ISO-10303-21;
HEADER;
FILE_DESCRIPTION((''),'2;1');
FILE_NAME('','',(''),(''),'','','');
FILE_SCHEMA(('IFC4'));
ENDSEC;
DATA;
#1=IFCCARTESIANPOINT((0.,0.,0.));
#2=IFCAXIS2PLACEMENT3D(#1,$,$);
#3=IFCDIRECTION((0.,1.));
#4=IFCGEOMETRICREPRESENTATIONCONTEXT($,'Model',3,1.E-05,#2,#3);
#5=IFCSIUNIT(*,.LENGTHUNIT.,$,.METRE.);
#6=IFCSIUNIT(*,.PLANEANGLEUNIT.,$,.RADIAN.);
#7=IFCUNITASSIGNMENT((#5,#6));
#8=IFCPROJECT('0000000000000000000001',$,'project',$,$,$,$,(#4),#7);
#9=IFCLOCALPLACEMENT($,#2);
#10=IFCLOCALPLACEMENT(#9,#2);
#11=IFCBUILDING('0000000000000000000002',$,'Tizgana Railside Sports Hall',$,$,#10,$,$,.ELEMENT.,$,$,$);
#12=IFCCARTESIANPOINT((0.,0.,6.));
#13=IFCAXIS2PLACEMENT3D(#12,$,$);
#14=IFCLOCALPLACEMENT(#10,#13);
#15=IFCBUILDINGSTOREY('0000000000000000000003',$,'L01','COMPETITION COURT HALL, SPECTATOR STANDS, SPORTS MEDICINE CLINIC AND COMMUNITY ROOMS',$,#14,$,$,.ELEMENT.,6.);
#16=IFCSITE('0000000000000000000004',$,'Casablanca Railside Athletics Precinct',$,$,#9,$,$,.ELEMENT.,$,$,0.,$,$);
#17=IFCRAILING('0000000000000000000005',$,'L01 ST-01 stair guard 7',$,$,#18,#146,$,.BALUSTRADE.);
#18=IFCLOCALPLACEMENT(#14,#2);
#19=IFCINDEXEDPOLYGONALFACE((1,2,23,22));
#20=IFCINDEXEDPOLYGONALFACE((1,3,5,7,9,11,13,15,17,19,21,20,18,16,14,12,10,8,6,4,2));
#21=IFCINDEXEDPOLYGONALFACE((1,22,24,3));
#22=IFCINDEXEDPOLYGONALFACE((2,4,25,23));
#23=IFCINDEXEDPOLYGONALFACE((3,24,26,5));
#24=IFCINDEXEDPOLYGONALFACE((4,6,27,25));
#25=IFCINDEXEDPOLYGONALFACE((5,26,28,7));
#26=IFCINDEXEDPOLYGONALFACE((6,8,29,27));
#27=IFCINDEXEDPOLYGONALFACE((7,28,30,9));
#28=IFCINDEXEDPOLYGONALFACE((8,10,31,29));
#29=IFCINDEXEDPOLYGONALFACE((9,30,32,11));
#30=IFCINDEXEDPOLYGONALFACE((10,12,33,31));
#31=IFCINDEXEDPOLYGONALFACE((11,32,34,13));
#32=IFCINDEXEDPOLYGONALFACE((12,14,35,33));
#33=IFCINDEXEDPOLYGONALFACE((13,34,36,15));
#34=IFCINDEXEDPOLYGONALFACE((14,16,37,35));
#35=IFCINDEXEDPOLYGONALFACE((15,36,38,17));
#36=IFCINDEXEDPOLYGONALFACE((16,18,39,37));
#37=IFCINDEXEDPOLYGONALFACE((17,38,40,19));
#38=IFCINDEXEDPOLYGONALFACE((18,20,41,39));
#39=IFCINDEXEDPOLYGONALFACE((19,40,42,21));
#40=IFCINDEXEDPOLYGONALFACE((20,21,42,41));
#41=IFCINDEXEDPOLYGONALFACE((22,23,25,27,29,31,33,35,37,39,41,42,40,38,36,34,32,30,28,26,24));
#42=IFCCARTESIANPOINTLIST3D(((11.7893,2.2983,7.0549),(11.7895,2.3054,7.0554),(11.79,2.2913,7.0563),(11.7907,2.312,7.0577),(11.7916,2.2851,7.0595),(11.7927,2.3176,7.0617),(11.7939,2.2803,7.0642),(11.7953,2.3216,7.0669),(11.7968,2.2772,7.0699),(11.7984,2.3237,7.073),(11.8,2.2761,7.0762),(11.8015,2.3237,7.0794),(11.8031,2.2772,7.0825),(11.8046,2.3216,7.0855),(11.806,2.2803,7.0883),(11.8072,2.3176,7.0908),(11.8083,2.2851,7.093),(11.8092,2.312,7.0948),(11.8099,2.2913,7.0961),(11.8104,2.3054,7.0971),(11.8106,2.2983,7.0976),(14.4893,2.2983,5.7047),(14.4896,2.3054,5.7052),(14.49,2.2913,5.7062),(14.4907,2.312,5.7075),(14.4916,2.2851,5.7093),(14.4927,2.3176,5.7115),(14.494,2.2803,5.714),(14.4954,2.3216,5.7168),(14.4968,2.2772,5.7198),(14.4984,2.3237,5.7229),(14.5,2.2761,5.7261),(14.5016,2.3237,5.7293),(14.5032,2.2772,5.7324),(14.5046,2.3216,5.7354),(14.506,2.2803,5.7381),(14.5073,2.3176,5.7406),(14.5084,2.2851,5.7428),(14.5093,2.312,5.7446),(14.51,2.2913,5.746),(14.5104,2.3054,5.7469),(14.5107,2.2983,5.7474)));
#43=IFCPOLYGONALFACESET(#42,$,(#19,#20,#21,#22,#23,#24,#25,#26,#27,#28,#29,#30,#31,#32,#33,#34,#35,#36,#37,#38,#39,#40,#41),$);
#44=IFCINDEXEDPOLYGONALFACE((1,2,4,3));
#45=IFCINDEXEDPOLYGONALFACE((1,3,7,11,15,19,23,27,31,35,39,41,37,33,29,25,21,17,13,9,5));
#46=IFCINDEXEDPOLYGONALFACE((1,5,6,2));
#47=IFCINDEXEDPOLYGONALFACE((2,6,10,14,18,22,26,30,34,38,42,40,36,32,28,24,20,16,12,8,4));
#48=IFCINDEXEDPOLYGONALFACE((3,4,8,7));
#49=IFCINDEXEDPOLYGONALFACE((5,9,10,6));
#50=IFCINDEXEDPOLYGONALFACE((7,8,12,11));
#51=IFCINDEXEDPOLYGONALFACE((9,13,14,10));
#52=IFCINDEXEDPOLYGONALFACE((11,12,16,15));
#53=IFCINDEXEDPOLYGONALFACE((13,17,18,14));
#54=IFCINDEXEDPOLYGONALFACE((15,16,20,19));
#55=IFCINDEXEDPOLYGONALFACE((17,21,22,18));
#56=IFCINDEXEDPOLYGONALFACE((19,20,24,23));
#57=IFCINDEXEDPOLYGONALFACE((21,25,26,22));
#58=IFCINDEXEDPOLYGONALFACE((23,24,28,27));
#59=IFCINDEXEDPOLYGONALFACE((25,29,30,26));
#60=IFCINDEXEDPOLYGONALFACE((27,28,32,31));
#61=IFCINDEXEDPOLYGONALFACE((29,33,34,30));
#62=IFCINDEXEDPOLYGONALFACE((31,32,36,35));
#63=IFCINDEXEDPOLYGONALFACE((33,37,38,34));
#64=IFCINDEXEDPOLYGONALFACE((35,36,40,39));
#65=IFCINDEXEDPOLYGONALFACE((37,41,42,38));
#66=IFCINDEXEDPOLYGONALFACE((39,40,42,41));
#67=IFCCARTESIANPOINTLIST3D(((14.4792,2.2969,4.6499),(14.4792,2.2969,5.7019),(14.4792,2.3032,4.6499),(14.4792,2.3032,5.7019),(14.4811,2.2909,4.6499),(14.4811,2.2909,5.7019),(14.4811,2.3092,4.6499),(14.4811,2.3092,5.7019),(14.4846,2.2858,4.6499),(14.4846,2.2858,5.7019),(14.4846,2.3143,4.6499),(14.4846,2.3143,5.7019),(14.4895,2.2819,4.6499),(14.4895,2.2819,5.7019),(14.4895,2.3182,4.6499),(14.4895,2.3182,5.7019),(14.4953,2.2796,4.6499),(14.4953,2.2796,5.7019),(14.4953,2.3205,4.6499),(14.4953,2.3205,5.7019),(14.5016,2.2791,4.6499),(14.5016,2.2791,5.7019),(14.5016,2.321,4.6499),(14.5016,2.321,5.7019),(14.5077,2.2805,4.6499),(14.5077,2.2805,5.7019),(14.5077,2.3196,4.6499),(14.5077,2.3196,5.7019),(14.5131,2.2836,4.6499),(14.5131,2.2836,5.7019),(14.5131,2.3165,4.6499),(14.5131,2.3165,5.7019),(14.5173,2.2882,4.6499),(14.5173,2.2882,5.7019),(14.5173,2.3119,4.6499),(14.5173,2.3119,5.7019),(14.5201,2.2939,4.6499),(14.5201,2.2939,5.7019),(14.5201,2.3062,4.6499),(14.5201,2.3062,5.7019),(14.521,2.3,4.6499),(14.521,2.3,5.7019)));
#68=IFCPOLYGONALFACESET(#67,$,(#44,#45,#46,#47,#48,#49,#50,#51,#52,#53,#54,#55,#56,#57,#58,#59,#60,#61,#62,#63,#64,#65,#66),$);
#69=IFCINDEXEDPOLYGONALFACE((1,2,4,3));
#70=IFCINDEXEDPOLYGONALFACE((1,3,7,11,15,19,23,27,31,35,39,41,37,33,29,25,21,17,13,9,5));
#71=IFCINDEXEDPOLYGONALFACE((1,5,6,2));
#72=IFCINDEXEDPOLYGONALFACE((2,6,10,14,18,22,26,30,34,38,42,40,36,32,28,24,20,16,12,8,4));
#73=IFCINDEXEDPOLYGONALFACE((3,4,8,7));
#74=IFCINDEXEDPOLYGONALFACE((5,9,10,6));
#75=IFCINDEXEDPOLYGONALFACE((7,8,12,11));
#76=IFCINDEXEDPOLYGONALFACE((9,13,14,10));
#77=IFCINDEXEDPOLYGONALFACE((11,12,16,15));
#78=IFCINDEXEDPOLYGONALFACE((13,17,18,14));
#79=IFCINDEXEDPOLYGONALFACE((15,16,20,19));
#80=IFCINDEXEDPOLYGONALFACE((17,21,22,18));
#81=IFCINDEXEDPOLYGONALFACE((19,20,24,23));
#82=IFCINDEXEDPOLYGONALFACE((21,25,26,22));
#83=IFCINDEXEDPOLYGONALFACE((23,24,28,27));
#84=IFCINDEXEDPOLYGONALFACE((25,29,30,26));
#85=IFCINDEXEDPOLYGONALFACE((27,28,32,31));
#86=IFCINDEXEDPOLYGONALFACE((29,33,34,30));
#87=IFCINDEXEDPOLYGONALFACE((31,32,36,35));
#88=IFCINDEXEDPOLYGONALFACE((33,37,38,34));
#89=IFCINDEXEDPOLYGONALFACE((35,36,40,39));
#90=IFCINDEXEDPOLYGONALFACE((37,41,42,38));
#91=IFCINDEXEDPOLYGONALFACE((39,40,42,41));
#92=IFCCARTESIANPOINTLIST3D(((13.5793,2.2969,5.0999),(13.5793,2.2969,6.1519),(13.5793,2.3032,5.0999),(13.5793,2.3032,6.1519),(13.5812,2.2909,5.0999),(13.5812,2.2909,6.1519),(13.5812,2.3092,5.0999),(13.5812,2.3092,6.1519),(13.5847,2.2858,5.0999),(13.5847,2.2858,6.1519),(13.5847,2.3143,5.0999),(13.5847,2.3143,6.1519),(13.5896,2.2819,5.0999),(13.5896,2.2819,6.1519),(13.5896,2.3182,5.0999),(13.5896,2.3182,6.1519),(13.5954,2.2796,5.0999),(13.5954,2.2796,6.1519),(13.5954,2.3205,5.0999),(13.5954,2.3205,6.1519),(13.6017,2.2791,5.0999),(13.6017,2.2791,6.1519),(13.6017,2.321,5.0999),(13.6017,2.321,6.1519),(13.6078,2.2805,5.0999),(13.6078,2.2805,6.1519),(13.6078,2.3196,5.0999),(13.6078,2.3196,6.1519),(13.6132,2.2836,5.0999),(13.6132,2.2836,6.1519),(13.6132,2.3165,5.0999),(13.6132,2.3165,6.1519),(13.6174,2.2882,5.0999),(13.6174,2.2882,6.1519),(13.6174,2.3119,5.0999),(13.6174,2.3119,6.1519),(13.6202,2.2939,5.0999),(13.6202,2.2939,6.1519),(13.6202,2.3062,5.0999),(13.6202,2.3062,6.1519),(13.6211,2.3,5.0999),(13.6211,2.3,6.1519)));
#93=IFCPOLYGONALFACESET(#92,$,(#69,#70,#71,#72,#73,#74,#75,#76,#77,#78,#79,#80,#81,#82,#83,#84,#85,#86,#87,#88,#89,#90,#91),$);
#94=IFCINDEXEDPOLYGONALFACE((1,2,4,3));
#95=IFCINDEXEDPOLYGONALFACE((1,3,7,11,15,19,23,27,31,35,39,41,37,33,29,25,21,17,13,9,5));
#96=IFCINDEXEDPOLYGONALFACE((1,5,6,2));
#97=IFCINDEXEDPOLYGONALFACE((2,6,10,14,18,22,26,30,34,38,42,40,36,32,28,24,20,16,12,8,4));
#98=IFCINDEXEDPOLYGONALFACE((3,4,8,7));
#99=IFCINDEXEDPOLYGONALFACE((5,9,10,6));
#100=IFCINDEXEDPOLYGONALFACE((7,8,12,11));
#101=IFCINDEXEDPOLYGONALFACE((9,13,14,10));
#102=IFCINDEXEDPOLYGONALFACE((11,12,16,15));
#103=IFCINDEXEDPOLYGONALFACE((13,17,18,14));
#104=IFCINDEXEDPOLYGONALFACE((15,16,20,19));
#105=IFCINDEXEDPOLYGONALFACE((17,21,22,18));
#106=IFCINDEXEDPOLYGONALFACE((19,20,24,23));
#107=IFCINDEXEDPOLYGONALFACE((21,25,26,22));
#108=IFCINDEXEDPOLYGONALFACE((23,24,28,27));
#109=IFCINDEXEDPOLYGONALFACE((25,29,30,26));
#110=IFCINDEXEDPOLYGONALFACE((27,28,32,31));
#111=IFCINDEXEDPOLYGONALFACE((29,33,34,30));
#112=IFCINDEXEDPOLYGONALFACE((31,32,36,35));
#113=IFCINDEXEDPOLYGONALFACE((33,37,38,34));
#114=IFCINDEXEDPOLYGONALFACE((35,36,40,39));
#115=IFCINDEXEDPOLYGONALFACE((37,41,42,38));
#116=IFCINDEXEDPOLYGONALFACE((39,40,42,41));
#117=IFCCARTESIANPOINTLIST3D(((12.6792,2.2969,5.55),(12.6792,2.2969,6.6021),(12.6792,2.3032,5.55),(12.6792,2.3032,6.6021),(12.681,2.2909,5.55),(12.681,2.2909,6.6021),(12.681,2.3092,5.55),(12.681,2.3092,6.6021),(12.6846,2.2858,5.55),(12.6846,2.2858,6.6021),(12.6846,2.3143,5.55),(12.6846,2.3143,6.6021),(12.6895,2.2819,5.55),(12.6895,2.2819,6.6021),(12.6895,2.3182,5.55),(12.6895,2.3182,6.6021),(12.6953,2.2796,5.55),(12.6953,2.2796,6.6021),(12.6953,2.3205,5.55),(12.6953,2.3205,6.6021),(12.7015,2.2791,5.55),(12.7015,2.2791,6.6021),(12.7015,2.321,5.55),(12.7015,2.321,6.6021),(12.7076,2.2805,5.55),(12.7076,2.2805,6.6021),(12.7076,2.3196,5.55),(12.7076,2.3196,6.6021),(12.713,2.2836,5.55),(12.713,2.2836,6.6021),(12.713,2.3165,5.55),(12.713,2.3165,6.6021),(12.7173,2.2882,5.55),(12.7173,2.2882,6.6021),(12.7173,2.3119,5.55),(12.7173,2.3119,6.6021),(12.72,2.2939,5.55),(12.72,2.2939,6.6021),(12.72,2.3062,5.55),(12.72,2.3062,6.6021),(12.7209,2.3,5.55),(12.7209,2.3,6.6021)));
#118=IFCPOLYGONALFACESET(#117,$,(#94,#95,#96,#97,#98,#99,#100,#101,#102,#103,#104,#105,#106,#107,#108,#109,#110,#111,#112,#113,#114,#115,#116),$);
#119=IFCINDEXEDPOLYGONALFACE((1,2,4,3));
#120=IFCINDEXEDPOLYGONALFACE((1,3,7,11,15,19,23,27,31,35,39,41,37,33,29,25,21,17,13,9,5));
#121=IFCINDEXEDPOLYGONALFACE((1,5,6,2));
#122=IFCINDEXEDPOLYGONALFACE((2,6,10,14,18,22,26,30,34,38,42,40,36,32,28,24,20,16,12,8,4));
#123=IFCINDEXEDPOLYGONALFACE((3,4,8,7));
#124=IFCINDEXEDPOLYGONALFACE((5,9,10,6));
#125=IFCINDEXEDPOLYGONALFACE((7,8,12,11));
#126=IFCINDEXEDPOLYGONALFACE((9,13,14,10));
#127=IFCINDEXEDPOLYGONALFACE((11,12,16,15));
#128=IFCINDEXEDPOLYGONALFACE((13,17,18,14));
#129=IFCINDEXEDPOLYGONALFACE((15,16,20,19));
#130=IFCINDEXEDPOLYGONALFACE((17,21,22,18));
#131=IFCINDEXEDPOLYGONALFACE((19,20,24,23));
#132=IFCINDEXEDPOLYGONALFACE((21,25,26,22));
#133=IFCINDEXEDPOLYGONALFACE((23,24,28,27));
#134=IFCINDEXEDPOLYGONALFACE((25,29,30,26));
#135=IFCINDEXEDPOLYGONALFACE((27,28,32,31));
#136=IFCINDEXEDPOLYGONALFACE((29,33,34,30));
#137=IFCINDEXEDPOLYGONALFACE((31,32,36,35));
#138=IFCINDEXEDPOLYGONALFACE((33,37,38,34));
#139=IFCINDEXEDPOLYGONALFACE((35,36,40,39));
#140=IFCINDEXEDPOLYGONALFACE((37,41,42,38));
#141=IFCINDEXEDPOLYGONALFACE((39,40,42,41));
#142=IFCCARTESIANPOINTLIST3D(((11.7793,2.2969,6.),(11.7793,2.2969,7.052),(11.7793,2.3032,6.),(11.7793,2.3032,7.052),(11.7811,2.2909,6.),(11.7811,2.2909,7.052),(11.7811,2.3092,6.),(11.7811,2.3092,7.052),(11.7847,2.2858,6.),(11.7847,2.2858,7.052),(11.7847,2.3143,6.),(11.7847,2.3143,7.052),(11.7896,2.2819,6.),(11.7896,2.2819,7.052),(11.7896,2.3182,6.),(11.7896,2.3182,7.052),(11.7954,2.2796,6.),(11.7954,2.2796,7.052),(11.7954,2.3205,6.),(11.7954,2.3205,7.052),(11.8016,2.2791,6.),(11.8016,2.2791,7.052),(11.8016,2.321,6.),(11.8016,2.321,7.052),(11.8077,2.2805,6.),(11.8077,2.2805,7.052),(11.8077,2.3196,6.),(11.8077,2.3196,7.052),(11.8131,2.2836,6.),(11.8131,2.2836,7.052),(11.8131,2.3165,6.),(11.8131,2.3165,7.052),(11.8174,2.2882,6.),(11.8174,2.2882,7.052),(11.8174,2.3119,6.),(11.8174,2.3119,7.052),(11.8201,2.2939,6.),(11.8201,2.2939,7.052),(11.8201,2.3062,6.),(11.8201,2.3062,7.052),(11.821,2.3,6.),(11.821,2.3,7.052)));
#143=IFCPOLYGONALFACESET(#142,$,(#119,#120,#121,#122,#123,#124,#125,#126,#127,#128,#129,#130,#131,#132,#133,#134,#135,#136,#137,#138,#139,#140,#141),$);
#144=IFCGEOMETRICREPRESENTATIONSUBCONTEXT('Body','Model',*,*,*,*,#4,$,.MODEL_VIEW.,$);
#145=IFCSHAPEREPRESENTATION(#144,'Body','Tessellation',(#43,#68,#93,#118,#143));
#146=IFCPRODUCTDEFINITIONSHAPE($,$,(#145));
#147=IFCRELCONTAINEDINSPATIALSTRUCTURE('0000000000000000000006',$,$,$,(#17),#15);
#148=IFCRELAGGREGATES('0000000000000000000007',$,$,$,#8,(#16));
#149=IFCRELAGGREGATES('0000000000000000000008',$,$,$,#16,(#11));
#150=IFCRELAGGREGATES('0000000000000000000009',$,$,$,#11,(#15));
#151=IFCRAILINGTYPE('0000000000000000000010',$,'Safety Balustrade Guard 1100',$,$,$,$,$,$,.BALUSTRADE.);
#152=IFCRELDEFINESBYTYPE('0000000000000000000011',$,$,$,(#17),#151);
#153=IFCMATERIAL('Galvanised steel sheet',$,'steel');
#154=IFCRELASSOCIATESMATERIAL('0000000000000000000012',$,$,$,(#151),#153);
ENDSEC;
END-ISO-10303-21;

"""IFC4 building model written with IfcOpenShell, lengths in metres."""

from ifc_helpers import new_model, si_unit, direction, frame, origin, origin_2d, place, context, subcontext, project, spatial, circle, extrude, material, type_object, element, save


model = new_model("IFC4")

# Units and contexts
model_context = context("Model", 3, precision=1e-05, world=origin(), true_north=direction((0.0, 1.0)))
body_context = subcontext(model_context, "Body", "Model", "MODEL_VIEW")
ifc_project = project(units=[si_unit("LENGTHUNIT", "METRE"), si_unit("PLANEANGLEUNIT", "RADIAN")], contexts=[model_context])

# Site, building, storey
site_placement = place(None, origin())
site = spatial("IfcSite", under=ifc_project, at=site_placement, Name="Casablanca Railside Athletics Precinct", CompositionType="ELEMENT", RefElevation=0.0)
building_placement = place(site_placement, origin())
building = spatial("IfcBuilding", under=site, at=building_placement, Name="Tizgana Railside Sports Hall", CompositionType="ELEMENT")
storey_placement = place(building_placement, frame((0.0, 0.0, 6.0)))
storey = spatial("IfcBuildingStorey", under=building, at=storey_placement, Name="L01", Description="COMPETITION COURT HALL, SPECTATOR STANDS, SPORTS MEDICINE CLINIC AND COMMUNITY ROOMS", CompositionType="ELEMENT", Elevation=6.0)

# Railing
ifc_material_1 = material(Name="Galvanised steel sheet", Category="steel")
railing_type_1 = type_object("IfcRailingType", Name="Safety Balustrade Guard 1100", PredefinedType="BALUSTRADE", material=ifc_material_1)
railing_1_placement = place(storey_placement, frame((14.5, 2.3, 4.6499)))
element("IfcRailing", 1, at=railing_1_placement, inside=storey, type_object=railing_type_1, Name="L01 ST-01 stair guard 7", PredefinedType="BALUSTRADE", context=body_context, shape_type="SweptSolid", body=[
    extrude(circle(Radius=0.0239, at=origin_2d()), frame((0.0, 0.0, 1.0762), z_axis=(-0.894411, 0.0, 0.447246), x_axis=(0.0, -1.0, 0.0)), (0.0, 0.0, 1.0), 3.0188),
    extrude(circle(Radius=0.021, at=origin_2d()), origin(), (0.0, 0.0, 1.0), 1.052),
    extrude(circle(Radius=0.021, at=origin_2d()), frame((-0.8999, 0.0, 0.45)), (0.0, 0.0, 1.0), 1.052),
    extrude(circle(Radius=0.021, at=origin_2d()), frame((-1.8, 0.0, 0.9001)), (0.0, 0.0, 1.0), 1.052),
    extrude(circle(Radius=0.021, at=origin_2d()), frame((-2.7, 0.0, 1.3501)), (0.0, 0.0, 1.0), 1.052),
])

save(model, "model.ifc")
